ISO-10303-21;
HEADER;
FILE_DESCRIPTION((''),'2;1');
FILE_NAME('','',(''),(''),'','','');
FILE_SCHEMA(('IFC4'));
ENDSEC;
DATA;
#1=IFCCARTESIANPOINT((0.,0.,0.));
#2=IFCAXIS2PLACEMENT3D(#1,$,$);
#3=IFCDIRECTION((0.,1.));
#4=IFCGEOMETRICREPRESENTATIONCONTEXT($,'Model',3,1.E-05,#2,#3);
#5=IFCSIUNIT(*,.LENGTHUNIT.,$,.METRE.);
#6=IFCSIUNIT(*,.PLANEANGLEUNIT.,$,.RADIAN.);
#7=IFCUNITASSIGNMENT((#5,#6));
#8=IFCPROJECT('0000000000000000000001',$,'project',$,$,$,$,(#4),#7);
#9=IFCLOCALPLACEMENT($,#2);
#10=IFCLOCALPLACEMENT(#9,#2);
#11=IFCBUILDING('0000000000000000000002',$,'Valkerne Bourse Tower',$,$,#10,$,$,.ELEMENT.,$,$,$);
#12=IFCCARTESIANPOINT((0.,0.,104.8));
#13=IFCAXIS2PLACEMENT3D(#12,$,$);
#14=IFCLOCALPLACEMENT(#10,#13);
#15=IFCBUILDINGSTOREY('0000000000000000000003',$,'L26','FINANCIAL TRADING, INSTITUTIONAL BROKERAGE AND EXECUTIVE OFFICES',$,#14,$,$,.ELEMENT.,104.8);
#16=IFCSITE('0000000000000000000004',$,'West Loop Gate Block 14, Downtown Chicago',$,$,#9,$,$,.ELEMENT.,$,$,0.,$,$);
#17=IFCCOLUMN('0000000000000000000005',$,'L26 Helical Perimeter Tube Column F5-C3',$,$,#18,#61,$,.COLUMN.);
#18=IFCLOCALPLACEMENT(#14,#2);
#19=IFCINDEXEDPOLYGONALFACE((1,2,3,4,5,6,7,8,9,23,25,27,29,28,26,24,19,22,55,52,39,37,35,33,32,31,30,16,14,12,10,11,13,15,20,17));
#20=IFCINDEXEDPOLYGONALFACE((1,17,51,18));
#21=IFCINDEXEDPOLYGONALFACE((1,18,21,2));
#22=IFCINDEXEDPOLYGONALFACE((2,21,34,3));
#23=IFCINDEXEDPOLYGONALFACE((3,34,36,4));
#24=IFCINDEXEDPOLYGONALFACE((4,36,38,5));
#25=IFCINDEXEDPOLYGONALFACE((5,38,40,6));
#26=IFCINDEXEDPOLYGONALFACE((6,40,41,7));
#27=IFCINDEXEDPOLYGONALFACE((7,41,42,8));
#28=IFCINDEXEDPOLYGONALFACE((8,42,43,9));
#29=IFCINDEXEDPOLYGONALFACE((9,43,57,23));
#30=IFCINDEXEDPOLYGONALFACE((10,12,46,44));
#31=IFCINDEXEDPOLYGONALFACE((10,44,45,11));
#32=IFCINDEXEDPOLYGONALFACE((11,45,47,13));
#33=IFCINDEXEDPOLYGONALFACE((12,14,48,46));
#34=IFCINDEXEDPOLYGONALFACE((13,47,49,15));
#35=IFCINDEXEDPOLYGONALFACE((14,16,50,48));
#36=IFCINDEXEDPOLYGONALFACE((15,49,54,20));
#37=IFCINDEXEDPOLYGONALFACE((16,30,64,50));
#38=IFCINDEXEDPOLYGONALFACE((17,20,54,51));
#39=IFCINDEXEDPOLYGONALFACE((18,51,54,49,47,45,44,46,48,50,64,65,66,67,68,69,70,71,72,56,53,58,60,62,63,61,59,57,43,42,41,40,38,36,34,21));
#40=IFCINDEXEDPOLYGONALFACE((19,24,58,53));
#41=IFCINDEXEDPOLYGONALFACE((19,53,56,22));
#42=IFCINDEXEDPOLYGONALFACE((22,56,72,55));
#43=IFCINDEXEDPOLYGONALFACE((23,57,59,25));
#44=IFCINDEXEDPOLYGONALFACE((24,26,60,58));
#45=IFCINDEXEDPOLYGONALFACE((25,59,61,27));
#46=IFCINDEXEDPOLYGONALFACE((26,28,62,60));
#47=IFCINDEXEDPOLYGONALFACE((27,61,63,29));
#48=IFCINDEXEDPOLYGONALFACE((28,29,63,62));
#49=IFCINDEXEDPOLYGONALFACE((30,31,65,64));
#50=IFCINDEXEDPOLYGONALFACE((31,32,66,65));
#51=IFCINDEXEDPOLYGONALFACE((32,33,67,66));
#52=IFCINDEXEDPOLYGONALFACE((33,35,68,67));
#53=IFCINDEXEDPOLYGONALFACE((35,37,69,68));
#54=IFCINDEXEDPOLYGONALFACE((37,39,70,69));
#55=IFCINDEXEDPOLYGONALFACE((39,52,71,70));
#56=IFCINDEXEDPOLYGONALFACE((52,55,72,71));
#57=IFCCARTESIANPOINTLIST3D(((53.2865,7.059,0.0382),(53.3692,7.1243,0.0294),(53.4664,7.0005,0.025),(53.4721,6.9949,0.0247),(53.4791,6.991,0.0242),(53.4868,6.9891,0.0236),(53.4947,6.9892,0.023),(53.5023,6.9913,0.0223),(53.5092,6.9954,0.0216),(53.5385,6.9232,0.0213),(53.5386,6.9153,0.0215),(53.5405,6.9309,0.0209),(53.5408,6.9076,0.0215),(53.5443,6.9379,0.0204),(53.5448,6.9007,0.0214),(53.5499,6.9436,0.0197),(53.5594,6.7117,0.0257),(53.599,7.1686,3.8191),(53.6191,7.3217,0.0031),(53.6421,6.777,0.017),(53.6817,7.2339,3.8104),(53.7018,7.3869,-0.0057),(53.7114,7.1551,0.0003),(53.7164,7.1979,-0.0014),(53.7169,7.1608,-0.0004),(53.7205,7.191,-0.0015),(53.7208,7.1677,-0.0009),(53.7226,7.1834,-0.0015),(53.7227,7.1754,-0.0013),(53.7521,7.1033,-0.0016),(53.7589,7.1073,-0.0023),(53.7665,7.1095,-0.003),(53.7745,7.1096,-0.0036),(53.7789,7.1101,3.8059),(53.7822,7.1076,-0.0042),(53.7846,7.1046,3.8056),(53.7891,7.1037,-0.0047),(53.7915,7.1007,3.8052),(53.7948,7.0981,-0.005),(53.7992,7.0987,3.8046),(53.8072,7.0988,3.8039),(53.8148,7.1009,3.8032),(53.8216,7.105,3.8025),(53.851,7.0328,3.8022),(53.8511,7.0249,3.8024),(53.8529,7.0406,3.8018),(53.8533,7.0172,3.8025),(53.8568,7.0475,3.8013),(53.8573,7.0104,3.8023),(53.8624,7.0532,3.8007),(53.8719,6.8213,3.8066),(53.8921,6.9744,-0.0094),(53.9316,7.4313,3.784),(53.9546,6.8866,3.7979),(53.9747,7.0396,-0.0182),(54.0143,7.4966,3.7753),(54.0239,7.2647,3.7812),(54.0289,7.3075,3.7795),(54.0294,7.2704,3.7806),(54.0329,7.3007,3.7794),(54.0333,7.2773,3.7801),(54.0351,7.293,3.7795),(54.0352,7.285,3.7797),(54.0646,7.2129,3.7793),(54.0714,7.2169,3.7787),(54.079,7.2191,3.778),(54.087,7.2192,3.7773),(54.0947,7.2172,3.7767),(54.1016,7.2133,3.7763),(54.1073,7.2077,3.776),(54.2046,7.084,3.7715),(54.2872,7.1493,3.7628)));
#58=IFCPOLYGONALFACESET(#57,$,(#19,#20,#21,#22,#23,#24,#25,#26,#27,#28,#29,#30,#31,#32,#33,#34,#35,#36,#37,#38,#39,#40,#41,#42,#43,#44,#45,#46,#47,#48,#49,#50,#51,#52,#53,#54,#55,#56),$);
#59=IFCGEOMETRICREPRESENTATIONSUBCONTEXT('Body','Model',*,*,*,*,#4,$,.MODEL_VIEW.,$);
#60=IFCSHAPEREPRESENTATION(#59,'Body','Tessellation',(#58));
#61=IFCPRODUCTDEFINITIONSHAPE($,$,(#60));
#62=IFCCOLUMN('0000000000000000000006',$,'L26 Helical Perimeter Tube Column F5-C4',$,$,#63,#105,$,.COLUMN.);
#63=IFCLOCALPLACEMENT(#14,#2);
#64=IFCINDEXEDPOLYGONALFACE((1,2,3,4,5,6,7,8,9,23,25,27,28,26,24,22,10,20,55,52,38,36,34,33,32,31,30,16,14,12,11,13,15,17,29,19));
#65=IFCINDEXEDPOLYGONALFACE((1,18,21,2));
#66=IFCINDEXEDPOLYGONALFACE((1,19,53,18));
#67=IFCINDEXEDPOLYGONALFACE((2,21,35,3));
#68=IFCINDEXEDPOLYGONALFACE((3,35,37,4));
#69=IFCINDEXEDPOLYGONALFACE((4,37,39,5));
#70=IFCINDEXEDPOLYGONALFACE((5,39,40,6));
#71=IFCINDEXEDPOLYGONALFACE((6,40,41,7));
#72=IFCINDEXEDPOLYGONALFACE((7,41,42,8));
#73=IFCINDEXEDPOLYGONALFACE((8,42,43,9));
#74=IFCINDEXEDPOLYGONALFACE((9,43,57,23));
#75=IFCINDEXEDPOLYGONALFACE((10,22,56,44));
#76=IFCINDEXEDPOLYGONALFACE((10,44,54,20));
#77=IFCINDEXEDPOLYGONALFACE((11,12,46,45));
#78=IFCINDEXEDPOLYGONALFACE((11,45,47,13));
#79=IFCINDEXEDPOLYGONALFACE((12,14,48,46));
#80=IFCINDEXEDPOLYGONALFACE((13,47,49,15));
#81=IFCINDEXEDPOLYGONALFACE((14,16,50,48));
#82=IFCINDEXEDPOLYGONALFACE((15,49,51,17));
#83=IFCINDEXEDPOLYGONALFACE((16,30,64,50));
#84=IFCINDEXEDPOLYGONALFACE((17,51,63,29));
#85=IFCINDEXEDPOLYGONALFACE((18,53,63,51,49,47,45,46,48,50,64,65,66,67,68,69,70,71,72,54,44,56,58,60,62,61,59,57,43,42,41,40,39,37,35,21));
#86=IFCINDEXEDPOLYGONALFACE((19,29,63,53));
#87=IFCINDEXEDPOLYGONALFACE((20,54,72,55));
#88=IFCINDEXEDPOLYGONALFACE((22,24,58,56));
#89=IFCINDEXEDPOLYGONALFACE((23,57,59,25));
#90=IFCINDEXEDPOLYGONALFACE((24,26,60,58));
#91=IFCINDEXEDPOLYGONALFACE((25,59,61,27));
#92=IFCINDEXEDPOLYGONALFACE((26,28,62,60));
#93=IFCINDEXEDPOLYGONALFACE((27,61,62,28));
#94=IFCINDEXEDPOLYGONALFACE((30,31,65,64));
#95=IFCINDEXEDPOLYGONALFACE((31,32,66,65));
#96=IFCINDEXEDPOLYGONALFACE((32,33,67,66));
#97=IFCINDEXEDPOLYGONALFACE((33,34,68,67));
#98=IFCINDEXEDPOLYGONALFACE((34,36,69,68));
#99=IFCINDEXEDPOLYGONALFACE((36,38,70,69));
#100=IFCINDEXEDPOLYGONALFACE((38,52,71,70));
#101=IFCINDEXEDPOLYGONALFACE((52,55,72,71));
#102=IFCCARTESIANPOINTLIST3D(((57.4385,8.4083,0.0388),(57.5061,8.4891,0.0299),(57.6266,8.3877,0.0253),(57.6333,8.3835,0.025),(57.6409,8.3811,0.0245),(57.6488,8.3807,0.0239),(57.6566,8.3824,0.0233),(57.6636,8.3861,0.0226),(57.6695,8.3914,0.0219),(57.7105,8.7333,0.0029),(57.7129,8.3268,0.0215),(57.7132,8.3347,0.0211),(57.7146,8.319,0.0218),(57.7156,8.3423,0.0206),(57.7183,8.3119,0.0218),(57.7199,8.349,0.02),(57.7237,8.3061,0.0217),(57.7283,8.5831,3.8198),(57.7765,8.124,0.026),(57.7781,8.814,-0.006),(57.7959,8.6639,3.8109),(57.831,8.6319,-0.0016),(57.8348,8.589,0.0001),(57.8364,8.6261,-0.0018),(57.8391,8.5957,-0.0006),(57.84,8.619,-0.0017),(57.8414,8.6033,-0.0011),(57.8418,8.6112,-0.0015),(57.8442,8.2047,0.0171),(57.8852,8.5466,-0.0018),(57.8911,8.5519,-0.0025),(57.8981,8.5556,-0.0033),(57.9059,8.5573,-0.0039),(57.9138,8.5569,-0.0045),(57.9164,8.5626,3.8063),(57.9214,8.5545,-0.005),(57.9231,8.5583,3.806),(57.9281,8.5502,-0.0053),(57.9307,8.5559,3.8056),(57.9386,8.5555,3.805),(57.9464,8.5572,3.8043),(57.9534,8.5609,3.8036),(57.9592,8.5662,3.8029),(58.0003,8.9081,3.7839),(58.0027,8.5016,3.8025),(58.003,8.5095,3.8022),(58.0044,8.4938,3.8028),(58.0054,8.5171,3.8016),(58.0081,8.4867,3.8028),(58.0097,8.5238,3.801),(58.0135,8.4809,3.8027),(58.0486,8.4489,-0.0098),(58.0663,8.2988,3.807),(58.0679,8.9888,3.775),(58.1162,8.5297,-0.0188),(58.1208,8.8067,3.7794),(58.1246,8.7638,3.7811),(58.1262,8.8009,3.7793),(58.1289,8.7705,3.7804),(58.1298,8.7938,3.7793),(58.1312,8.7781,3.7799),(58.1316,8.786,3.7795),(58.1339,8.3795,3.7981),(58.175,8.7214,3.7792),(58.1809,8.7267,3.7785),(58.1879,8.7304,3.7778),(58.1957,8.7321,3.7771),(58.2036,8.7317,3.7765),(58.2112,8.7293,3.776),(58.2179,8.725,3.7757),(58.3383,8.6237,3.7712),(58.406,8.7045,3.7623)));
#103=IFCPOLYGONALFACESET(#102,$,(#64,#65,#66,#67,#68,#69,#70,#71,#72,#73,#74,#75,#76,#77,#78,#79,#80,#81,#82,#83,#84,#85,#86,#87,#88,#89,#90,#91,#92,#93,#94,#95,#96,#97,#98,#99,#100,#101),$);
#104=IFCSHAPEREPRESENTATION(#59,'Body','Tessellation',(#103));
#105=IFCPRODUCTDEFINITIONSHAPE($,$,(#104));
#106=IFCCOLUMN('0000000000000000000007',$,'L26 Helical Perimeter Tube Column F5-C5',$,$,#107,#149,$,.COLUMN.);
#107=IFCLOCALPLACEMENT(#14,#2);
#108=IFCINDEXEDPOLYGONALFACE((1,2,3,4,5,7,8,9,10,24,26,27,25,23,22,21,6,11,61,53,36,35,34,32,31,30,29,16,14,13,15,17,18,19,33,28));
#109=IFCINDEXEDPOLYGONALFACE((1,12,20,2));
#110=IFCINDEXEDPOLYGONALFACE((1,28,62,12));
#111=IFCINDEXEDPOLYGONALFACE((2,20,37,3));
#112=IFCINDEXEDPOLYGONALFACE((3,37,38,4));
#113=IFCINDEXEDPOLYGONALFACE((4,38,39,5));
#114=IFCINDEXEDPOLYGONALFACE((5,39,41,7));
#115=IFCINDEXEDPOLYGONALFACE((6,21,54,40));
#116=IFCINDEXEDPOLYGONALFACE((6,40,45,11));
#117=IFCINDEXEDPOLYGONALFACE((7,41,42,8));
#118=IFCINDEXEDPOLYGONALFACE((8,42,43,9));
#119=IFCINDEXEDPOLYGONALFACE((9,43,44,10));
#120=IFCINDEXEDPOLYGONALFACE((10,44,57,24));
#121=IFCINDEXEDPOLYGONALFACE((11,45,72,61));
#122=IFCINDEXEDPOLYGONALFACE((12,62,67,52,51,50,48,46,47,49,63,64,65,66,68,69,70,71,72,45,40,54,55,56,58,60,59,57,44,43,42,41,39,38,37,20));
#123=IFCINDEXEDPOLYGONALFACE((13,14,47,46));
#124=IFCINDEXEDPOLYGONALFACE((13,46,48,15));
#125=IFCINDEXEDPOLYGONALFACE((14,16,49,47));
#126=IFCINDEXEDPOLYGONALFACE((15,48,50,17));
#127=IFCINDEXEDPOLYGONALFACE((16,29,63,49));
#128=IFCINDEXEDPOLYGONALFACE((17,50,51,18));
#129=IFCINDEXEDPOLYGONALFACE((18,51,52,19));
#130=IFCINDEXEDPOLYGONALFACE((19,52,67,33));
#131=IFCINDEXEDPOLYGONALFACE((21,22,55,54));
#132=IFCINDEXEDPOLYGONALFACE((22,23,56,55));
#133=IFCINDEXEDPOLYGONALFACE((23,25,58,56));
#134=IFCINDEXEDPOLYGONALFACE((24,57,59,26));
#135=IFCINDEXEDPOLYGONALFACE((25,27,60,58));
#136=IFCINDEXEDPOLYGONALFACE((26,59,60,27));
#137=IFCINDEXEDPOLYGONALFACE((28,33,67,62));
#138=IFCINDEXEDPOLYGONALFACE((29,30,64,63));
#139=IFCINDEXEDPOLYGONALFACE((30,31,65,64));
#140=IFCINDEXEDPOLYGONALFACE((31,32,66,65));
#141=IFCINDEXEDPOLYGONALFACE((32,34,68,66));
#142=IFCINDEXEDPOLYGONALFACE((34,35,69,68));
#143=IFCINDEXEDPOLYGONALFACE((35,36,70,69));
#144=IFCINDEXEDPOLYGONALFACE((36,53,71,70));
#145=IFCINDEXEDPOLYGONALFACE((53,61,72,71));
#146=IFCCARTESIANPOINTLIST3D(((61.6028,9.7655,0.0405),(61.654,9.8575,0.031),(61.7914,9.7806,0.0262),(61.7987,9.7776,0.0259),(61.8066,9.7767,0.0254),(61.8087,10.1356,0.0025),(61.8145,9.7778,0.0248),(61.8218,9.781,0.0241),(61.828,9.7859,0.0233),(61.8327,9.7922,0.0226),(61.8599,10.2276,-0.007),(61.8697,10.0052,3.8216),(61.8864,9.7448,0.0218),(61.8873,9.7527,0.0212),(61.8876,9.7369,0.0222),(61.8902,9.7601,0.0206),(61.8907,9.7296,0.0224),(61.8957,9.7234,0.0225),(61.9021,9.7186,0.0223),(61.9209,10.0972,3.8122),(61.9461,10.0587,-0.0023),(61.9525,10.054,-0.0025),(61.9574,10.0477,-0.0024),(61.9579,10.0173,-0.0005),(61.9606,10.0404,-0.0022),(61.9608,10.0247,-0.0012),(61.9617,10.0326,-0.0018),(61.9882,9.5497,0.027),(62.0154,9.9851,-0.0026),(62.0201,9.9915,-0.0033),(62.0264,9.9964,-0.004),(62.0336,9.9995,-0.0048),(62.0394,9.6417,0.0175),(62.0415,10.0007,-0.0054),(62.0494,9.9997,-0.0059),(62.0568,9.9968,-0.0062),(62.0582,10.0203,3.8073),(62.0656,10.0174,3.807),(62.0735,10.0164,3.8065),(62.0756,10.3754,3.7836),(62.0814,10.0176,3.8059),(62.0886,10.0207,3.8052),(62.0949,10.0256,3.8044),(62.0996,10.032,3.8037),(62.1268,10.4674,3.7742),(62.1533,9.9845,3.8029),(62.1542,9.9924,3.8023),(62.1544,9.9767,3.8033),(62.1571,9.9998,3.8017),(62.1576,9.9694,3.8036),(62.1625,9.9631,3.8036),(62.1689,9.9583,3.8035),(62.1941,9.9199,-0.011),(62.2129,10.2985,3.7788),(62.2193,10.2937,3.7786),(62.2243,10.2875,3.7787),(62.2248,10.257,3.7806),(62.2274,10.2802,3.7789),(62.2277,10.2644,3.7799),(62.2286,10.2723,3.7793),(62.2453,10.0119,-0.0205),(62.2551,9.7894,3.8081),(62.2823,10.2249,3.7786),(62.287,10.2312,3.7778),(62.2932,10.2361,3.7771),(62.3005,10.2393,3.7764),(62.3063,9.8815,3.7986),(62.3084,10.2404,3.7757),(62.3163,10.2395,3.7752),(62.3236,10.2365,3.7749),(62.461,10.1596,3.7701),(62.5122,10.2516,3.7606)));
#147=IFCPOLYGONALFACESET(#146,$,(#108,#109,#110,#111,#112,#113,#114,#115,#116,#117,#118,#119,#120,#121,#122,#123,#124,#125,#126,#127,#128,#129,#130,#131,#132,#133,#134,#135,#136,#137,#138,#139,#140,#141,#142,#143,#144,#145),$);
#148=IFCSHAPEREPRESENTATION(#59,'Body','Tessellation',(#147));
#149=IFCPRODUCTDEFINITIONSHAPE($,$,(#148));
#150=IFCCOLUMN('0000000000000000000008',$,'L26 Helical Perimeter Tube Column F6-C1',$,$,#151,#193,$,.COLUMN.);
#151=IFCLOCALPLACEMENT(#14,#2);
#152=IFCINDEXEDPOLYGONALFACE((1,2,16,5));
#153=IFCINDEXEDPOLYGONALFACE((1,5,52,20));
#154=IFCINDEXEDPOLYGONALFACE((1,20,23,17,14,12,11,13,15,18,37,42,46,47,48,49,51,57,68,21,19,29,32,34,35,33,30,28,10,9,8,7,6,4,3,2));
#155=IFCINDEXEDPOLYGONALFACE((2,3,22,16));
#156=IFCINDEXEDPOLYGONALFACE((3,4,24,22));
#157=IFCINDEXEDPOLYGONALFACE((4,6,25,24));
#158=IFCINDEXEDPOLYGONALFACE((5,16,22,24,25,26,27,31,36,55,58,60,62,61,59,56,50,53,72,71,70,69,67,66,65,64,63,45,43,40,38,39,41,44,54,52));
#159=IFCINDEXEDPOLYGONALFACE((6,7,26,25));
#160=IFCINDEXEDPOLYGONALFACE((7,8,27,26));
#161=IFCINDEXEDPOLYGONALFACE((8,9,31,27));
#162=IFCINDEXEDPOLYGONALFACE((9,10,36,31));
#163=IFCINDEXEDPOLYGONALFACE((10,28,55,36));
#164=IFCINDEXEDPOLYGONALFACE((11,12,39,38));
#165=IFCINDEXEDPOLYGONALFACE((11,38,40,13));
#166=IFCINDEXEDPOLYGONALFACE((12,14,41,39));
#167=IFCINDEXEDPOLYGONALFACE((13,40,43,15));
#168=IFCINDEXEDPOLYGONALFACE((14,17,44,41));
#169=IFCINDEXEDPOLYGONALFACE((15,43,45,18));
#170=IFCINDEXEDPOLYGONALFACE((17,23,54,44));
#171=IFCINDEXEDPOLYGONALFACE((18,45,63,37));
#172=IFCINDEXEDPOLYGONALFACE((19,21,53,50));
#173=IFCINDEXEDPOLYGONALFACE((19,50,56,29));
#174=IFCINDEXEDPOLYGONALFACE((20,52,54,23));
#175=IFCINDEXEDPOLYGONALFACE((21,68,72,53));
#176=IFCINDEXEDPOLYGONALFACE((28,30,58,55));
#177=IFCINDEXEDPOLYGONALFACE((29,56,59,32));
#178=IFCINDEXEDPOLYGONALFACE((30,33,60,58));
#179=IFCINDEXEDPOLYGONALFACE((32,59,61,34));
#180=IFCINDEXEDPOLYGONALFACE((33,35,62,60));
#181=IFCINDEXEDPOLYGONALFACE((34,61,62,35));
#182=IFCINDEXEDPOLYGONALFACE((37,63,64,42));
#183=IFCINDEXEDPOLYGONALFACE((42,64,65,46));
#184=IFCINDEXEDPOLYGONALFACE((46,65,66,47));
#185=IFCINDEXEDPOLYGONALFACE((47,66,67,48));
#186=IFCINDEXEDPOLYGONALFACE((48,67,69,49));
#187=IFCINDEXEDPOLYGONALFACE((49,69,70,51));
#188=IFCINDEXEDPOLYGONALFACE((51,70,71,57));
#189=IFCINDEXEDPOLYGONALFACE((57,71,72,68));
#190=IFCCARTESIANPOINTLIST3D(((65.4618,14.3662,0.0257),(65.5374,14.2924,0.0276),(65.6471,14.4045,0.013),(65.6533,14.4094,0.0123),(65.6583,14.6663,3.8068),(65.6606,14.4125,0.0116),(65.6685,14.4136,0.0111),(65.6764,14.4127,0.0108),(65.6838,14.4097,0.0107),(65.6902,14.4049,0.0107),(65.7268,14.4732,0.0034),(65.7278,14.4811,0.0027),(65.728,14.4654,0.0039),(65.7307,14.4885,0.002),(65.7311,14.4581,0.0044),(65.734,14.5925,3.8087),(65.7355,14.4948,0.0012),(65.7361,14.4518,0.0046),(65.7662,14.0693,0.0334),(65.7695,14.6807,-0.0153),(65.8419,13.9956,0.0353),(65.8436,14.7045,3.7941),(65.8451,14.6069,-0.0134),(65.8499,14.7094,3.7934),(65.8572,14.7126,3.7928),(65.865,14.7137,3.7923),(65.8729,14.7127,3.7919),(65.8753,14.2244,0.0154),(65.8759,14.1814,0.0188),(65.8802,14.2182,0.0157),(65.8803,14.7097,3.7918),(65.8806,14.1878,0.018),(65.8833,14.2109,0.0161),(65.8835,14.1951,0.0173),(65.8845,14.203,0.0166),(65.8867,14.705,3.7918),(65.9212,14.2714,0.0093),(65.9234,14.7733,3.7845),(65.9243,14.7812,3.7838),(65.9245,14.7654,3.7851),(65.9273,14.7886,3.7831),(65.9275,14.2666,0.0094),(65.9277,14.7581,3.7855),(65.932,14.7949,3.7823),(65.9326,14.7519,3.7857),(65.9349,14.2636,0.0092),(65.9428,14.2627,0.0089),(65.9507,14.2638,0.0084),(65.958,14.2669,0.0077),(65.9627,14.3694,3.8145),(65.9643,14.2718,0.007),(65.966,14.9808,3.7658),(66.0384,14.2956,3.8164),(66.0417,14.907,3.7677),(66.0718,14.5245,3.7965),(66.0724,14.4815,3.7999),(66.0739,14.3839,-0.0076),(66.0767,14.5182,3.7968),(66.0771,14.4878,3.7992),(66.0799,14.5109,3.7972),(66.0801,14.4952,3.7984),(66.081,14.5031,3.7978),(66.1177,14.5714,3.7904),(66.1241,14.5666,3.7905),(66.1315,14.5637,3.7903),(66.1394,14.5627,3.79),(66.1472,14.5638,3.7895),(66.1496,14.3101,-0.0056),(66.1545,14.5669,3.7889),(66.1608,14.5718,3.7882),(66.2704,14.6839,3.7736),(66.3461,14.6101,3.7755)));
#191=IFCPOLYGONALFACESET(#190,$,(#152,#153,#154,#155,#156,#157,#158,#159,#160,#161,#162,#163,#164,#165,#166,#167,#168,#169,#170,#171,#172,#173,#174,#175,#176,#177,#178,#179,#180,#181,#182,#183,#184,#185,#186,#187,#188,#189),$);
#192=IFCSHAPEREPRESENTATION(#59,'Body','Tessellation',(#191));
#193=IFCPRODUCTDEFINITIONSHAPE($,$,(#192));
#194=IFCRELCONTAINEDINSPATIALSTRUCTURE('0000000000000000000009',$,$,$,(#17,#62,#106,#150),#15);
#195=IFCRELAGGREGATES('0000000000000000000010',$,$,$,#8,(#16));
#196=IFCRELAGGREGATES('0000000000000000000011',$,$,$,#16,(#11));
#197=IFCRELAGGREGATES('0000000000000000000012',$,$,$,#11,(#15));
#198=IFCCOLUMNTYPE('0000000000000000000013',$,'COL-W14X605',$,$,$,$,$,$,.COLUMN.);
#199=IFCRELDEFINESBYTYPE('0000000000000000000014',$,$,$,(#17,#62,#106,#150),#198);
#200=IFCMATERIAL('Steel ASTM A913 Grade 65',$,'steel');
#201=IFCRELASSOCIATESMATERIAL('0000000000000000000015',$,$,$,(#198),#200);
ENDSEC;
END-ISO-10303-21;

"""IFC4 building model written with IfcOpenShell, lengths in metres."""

from ifc_helpers import new_model, si_unit, direction, frame, origin, origin_2d, place, context, subcontext, project, spatial, i_section, extrude, material, material_profile, profile_set, type_object, element, save


model = new_model("IFC4")

# Units and contexts
model_context = context("Model", 3, precision=1e-05, world=origin(), true_north=direction((0.0, 1.0)))
body_context = subcontext(model_context, "Body", "Model", "MODEL_VIEW")
ifc_project = project(units=[si_unit("LENGTHUNIT", "METRE"), si_unit("PLANEANGLEUNIT", "RADIAN")], contexts=[model_context])

# Site, building, storey
site_placement = place(None, origin())
site = spatial("IfcSite", under=ifc_project, at=site_placement, Name="West Loop Gate Block 14, Downtown Chicago", CompositionType="ELEMENT", RefElevation=0.0)
building_placement = place(site_placement, origin())
building = spatial("IfcBuilding", under=site, at=building_placement, Name="Valkerne Bourse Tower", CompositionType="ELEMENT")
storey_placement = place(building_placement, frame((0.0, 0.0, 104.8)))
storey = spatial("IfcBuildingStorey", under=building, at=storey_placement, Name="L26", Description="FINANCIAL TRADING, INSTITUTIONAL BROKERAGE AND EXECUTIVE OFFICES", CompositionType="ELEMENT", Elevation=104.8)

# Columns
ifc_material_1 = material(Name="Steel ASTM A913 Grade 65", Category="steel")
ifc_material_profile_1 = material_profile(ifc_material_1, i_section(OverallWidth=0.4419, OverallDepth=0.531, WebThickness=0.0659, FlangeThickness=0.1057, FilletRadius=0.0305, at=origin_2d()), Name="W14X605")
ifc_profile_set_1 = profile_set([ifc_material_profile_1], Name="Steel ASTM A913 Grade 65")
column_type = type_object("IfcColumnType", Name="COL-W14X605", PredefinedType="COLUMN", material=ifc_profile_set_1)
column_1_placement = place(storey_placement, frame((53.6306, 7.0493, 0.01), z_axis=(0.082335, 0.028881, 0.996186), x_axis=(-0.617653, 0.785943, 0.028263)))
element("IfcColumn", 1, at=column_1_placement, inside=storey, type_object=column_type, Name="L26 Helical Perimeter Tube Column F5-C3", PredefinedType="COLUMN", context=body_context, shape_type="SweptSolid", body=[
    extrude(i_section(OverallWidth=0.4419, OverallDepth=0.531, WebThickness=0.0659, FlangeThickness=0.1057, FilletRadius=0.0305, at=origin_2d()), origin(), (0.0, 0.0, 1.0), 3.7954),
])
column_2_placement = place(storey_placement, frame((57.7773, 8.469, 0.01), z_axis=(0.07634, 0.046048, 0.996018), x_axis=(-0.764922, 0.643475, 0.028878)))
element("IfcColumn", 2, at=column_2_placement, inside=storey, type_object=column_type, Name="L26 Helical Perimeter Tube Column F5-C4", PredefinedType="COLUMN", context=body_context, shape_type="SweptSolid", body=[
    extrude(i_section(OverallWidth=0.4419, OverallDepth=0.531, WebThickness=0.0659, FlangeThickness=0.1057, FilletRadius=0.0305, at=origin_2d()), origin(), (0.0, 0.0, 1.0), 3.7961),
])
for number, where, z_axis, x_axis, name in (
    (3, (61.9241, 9.8887, 0.01), (0.07026, 0.063125, 0.995529), (-0.872168, 0.488249, 0.030595), "L26 Helical Perimeter Tube Column F5-C5"),
    (4, (65.8057, 14.3381, 0.01), (0.051747, 0.079002, 0.99553), (-0.696324, -0.711719, 0.092674), "L26 Helical Perimeter Tube Column F6-C1"),
):
    element("IfcColumn", number, at=place(storey_placement, frame(where, z_axis=z_axis, x_axis=x_axis)), inside=storey, type_object=column_type, Name=name, PredefinedType="COLUMN", context=body_context, shape_type="SweptSolid", body=[
        extrude(i_section(OverallWidth=0.4419, OverallDepth=0.531, WebThickness=0.0659, FlangeThickness=0.1057, FilletRadius=0.0305, at=origin_2d()), origin(), (0.0, 0.0, 1.0), 3.7981),
    ])

save(model, "model.ifc")
